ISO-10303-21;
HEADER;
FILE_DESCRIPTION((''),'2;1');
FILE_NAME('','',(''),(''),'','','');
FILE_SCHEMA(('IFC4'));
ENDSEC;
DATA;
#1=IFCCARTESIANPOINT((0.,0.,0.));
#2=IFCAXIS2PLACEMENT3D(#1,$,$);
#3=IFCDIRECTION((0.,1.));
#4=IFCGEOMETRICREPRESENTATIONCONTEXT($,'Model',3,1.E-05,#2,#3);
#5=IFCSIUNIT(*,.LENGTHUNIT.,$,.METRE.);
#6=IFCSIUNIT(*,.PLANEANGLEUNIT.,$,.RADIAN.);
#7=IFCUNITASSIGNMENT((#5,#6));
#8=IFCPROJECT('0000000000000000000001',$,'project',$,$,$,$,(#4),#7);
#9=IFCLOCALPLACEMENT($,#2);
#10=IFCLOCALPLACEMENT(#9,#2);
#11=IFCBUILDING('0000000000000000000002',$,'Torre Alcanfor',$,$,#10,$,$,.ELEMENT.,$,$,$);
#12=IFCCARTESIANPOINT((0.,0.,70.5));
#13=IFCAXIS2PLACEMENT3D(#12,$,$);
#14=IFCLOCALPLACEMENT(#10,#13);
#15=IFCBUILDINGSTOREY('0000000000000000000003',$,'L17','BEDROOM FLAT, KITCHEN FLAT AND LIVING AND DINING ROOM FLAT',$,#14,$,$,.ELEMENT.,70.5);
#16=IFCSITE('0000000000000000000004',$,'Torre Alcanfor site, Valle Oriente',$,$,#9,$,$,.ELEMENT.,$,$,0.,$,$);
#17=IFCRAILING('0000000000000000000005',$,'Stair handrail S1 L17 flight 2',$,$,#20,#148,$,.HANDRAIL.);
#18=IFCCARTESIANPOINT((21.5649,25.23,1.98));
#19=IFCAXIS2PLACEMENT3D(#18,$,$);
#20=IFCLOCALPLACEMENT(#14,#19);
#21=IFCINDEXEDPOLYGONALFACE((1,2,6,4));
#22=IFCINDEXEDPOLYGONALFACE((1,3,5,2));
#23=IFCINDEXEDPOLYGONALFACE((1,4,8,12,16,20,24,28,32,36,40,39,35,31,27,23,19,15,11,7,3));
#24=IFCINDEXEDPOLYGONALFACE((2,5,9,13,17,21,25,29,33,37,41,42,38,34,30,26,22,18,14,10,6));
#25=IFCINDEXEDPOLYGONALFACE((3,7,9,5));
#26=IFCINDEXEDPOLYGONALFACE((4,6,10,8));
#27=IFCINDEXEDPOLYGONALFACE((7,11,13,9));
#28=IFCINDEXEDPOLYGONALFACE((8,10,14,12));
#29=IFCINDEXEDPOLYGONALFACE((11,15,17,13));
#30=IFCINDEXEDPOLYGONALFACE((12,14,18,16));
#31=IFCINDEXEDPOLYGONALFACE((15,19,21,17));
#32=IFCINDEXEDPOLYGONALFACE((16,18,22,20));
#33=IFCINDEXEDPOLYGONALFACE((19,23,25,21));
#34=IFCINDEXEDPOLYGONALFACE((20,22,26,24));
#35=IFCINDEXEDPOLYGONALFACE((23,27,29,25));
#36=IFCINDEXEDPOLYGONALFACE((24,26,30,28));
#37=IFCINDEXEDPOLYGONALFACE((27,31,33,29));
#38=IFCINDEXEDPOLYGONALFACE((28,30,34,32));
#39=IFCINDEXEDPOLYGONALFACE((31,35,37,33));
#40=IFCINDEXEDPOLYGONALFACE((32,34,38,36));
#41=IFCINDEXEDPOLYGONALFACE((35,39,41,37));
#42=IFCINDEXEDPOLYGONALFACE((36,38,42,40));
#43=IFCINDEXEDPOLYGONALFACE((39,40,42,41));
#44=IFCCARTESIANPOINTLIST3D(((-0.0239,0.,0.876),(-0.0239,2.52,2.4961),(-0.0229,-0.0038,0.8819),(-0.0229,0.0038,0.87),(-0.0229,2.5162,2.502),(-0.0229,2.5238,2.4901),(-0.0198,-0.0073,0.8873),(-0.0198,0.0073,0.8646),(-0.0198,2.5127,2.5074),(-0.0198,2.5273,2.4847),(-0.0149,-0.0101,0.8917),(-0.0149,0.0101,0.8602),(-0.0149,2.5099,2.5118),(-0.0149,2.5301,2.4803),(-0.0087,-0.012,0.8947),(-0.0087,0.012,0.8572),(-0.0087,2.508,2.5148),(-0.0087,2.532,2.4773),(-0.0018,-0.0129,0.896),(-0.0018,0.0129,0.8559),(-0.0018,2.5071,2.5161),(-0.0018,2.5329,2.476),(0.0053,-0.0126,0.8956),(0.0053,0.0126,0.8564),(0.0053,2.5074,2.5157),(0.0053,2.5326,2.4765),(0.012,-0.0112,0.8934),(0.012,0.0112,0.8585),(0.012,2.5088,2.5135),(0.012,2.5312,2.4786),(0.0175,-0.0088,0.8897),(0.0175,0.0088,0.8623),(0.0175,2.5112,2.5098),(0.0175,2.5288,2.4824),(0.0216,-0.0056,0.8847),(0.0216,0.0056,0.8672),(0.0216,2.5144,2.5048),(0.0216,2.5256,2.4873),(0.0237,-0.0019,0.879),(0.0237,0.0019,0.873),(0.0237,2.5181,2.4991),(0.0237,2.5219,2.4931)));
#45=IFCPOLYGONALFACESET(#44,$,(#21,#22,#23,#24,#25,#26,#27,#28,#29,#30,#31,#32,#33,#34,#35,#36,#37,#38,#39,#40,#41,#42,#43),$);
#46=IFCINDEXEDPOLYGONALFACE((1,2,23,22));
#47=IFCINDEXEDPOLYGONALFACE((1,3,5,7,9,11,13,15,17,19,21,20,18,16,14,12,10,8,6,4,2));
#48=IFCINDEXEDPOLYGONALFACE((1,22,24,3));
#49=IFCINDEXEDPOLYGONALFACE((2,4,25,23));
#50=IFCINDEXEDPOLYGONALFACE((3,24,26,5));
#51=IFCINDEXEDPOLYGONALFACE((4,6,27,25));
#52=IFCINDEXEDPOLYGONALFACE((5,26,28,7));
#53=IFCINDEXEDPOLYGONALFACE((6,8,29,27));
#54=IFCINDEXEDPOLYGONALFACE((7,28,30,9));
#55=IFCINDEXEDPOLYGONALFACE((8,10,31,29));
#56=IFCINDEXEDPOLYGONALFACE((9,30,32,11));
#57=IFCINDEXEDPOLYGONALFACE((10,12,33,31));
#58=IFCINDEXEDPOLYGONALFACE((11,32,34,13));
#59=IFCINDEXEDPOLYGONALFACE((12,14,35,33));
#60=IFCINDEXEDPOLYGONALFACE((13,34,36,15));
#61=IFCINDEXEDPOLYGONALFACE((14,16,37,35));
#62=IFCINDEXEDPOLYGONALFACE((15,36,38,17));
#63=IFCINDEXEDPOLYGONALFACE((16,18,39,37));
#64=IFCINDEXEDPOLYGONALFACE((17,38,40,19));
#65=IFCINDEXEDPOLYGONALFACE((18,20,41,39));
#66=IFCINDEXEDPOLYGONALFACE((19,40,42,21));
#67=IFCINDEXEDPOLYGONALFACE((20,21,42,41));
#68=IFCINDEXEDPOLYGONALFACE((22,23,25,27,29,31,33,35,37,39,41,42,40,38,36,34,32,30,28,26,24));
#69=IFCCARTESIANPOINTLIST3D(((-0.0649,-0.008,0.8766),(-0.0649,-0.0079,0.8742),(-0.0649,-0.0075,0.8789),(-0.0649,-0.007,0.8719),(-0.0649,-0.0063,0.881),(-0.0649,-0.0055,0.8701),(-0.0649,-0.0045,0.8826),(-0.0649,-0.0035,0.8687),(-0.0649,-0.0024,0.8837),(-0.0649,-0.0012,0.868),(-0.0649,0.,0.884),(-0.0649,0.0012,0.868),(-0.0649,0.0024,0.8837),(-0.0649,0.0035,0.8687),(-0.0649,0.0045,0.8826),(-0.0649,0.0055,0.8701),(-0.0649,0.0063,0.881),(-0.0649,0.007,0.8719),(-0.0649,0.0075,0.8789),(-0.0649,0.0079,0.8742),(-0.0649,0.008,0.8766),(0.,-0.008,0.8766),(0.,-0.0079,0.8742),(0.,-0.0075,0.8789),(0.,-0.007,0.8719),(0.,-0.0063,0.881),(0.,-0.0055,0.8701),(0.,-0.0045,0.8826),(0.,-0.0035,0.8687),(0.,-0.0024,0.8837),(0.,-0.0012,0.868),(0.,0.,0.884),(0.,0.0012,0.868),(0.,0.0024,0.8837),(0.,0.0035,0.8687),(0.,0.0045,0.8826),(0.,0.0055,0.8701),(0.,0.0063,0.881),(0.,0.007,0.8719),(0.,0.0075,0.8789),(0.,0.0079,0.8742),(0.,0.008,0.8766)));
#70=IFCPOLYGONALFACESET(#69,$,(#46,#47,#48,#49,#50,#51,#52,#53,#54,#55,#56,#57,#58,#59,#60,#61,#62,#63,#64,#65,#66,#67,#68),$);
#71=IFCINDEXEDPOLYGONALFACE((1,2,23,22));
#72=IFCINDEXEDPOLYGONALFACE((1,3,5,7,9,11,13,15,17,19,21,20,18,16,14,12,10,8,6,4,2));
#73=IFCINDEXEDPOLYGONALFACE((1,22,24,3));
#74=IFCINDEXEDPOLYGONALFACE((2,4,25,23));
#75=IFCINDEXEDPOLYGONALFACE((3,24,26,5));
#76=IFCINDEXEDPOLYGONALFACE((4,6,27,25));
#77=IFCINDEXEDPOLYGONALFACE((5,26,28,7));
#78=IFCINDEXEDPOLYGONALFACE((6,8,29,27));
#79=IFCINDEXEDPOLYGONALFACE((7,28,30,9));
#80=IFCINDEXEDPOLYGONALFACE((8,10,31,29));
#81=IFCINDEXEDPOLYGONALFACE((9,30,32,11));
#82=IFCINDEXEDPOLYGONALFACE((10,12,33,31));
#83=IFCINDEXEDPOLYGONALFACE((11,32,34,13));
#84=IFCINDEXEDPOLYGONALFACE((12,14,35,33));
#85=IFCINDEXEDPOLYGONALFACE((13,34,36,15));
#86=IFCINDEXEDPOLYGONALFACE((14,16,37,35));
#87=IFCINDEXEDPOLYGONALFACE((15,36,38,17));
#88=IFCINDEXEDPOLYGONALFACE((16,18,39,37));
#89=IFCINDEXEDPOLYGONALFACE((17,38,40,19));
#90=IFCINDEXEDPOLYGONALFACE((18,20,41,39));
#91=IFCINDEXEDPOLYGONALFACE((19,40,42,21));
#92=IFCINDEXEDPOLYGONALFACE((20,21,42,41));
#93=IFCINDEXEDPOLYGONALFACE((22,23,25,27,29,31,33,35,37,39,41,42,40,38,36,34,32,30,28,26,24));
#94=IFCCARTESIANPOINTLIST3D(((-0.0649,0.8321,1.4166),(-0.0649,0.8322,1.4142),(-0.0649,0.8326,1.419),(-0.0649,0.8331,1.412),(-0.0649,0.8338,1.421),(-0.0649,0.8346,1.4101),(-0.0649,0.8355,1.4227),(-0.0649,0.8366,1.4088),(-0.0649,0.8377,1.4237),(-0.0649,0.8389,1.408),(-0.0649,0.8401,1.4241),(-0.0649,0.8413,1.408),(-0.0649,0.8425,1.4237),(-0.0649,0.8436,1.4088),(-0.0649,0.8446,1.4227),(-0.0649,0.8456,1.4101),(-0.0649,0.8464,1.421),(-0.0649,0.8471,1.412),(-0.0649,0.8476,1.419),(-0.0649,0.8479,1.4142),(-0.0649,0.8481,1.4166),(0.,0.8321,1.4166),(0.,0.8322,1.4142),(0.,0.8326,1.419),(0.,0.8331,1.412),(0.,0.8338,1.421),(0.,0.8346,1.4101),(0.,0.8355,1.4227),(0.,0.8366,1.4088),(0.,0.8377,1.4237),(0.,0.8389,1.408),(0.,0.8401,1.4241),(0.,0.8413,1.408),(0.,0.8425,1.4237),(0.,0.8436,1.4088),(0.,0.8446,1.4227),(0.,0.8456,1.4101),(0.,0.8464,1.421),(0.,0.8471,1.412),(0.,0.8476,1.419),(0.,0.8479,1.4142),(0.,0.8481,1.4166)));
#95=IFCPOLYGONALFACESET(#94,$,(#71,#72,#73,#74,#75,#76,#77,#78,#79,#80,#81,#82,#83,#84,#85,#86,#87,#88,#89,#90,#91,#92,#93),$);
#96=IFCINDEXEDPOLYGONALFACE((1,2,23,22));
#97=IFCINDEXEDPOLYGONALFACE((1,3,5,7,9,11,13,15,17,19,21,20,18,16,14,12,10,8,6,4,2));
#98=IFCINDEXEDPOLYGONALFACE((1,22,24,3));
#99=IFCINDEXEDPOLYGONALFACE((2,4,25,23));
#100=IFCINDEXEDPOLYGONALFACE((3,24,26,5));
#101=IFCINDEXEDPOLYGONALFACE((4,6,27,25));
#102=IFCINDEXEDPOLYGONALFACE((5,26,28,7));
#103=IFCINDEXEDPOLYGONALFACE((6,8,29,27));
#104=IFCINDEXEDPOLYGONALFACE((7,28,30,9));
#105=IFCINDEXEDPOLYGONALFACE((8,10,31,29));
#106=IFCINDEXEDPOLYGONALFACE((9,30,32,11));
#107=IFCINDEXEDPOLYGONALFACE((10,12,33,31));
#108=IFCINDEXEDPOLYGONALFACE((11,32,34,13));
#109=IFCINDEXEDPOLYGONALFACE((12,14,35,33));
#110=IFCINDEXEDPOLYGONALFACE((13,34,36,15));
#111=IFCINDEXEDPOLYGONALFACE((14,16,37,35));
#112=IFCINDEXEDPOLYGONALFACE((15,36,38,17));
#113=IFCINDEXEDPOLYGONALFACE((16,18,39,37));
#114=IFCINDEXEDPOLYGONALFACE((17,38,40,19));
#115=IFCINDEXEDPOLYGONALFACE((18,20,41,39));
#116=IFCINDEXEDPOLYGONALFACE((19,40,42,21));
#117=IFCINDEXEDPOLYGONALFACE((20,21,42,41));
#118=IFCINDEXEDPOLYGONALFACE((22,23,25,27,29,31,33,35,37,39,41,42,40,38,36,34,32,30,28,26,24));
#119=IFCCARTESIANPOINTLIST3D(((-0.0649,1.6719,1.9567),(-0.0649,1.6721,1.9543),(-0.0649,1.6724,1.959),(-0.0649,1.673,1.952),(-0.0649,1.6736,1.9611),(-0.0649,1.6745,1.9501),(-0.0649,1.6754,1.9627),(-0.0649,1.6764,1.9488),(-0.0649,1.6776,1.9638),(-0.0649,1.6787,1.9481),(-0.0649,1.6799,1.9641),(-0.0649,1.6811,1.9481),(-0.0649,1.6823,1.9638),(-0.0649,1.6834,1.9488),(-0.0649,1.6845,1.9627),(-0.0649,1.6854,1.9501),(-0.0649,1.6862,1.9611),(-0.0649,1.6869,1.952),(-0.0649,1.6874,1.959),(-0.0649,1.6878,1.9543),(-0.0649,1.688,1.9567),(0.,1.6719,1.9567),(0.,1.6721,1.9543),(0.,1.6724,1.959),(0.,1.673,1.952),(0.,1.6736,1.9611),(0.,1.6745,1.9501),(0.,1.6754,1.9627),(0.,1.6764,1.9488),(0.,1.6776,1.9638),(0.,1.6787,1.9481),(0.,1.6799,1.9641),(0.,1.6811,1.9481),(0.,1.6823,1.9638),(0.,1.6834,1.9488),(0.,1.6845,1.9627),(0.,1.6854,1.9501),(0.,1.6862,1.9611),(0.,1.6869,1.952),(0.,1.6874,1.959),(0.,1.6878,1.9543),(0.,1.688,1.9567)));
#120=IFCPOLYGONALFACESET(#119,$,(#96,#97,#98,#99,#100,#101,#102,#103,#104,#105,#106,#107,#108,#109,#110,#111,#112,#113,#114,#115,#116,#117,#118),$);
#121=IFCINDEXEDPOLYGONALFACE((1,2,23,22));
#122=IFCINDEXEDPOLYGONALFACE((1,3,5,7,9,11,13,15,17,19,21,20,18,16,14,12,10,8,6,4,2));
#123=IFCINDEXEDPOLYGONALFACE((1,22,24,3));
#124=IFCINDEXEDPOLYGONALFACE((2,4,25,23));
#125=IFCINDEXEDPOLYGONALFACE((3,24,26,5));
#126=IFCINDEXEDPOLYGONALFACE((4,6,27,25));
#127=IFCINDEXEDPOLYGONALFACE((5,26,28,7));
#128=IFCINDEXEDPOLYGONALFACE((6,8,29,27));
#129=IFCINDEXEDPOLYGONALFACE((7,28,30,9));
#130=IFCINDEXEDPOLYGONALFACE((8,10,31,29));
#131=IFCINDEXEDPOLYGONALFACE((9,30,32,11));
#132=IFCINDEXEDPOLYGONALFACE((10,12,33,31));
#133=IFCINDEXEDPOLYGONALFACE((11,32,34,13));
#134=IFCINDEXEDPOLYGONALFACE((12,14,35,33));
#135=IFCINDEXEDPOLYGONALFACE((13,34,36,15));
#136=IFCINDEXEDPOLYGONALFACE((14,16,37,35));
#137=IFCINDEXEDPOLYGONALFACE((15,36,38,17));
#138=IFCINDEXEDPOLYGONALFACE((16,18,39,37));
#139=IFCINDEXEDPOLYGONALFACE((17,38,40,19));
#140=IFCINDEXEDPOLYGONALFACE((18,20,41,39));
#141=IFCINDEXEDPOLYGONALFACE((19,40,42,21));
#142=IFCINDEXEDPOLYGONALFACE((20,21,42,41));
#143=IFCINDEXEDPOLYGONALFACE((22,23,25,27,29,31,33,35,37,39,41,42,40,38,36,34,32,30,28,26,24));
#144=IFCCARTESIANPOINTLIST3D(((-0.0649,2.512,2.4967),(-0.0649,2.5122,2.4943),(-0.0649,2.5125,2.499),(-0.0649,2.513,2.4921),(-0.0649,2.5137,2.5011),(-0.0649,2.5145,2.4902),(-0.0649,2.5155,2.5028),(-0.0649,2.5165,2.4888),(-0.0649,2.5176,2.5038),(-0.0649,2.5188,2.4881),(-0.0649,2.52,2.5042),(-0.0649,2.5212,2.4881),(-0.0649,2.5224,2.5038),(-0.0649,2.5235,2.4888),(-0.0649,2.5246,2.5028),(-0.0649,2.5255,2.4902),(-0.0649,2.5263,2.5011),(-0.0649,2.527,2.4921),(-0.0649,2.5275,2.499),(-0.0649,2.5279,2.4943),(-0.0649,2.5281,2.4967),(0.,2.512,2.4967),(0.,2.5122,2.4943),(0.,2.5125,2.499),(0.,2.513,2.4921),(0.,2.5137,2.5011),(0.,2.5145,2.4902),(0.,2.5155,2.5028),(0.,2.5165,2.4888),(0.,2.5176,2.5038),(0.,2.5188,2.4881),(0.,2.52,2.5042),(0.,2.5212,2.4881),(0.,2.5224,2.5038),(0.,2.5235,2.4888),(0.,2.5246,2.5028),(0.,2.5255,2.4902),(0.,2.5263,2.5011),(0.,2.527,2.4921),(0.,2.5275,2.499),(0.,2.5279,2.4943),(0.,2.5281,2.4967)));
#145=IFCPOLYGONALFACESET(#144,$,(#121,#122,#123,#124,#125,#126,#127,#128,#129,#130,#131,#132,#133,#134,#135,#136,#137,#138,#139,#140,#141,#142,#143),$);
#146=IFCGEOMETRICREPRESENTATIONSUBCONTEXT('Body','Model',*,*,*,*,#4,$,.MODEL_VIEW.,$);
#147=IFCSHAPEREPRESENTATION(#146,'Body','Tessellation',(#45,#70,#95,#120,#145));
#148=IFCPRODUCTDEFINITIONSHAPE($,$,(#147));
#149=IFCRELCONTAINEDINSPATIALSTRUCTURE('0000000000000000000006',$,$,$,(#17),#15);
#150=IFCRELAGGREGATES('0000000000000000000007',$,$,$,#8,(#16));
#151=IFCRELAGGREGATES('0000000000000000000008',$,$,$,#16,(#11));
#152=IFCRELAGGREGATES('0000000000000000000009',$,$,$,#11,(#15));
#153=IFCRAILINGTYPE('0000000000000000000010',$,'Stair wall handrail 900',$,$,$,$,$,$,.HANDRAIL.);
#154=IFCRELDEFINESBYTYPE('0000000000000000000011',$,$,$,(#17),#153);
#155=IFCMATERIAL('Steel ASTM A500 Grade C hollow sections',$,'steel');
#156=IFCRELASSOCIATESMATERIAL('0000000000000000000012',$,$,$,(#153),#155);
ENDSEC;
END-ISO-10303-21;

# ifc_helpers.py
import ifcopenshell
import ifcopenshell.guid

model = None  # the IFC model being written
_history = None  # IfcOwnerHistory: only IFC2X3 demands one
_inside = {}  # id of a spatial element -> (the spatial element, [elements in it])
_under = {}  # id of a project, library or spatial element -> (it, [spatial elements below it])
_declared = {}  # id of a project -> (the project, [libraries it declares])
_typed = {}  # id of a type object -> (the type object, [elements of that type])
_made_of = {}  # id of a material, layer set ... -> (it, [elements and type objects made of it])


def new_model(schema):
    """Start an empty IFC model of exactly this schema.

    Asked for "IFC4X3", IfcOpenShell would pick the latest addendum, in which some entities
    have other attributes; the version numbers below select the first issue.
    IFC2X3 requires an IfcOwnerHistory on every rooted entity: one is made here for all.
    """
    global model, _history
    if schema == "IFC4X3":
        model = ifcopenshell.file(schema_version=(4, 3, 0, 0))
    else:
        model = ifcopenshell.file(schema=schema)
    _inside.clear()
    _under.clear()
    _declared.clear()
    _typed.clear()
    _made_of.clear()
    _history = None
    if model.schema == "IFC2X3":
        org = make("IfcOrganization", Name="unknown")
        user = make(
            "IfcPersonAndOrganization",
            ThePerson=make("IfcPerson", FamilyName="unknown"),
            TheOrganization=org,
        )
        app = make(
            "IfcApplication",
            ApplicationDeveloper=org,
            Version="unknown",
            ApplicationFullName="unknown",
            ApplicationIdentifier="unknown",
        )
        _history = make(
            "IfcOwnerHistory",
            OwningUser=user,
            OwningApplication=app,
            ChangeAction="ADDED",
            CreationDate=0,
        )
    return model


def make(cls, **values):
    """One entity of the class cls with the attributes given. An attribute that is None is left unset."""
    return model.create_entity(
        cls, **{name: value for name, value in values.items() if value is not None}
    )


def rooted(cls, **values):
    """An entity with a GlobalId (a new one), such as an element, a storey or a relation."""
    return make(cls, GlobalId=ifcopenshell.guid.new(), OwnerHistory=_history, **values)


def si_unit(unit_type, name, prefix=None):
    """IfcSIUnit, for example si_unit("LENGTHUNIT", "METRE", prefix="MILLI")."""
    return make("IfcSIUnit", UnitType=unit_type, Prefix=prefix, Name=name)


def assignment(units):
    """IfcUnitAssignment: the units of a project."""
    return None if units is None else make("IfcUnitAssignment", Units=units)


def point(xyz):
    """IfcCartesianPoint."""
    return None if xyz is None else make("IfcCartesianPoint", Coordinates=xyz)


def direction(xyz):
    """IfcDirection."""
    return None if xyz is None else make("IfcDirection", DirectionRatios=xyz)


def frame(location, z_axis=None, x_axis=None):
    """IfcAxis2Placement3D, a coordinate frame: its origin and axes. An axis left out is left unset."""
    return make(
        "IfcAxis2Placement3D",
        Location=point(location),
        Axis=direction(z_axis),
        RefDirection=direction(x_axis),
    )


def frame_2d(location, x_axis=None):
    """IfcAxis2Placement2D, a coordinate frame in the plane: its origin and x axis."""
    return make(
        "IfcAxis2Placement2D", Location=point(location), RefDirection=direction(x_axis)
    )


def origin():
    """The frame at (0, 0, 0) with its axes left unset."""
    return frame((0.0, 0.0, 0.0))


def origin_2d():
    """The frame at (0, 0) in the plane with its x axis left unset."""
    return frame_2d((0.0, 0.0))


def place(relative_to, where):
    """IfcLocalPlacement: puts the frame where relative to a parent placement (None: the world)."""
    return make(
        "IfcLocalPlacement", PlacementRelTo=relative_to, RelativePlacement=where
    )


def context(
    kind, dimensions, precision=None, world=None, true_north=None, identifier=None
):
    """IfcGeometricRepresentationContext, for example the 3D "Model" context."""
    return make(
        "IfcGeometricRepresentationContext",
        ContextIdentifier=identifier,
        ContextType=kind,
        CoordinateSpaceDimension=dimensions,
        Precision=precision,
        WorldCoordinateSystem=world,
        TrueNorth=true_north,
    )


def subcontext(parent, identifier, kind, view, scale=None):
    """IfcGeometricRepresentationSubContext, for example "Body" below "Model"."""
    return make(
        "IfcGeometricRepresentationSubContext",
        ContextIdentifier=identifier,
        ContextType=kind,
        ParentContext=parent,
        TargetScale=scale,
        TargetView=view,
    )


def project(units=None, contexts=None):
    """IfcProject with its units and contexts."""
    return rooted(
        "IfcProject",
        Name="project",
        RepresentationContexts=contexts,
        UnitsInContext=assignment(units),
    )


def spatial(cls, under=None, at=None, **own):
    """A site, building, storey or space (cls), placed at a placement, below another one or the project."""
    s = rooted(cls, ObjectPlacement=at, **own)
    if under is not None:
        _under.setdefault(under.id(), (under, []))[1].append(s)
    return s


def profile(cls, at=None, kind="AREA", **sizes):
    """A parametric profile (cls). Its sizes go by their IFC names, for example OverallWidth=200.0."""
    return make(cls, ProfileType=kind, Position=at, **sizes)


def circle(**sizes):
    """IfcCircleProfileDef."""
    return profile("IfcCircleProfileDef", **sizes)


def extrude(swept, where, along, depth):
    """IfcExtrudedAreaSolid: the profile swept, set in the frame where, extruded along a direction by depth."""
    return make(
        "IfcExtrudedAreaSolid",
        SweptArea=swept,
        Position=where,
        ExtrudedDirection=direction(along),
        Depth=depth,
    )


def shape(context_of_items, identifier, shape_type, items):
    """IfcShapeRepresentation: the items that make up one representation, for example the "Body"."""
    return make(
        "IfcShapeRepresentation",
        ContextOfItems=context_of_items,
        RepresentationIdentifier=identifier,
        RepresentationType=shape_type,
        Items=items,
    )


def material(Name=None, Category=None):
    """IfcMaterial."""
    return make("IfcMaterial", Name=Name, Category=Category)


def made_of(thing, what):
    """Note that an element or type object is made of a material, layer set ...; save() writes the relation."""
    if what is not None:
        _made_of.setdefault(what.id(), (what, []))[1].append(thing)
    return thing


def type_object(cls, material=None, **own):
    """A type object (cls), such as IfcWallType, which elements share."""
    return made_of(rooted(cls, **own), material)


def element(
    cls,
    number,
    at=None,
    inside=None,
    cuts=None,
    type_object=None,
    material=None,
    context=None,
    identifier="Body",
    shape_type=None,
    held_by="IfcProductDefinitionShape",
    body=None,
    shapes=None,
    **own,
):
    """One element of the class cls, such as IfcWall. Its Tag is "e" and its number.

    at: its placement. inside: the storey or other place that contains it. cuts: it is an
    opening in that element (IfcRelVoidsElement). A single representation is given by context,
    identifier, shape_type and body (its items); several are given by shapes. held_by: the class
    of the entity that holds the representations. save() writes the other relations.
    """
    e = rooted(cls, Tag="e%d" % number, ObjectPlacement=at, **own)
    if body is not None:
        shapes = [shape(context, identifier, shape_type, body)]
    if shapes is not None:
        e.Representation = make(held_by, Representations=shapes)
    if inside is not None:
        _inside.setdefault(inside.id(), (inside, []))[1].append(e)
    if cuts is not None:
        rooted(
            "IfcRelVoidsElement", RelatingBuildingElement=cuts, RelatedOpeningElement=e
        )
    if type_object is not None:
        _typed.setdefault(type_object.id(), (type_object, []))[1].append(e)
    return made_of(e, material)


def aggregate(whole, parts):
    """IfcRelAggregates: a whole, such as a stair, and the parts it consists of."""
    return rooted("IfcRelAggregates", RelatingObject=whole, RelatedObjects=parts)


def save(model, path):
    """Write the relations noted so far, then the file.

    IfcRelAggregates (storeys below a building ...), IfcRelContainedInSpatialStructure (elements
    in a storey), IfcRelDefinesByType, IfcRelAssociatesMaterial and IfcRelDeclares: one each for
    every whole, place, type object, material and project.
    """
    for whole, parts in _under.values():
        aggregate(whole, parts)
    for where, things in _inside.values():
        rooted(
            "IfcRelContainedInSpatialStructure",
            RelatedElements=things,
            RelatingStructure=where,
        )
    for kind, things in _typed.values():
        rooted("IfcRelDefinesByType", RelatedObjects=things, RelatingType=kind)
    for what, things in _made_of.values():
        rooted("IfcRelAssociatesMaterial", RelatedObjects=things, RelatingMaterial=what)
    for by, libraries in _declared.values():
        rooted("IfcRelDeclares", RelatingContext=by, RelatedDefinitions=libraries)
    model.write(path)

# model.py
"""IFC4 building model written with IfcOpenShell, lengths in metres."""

from ifc_helpers import new_model, si_unit, direction, frame, origin, origin_2d, place, context, subcontext, project, spatial, circle, extrude, material, type_object, element, save


model = new_model("IFC4")

# Units and contexts
model_context = context("Model", 3, precision=1e-05, world=origin(), true_north=direction((0.0, 1.0)))
body_context = subcontext(model_context, "Body", "Model", "MODEL_VIEW")
ifc_project = project(units=[si_unit("LENGTHUNIT", "METRE"), si_unit("PLANEANGLEUNIT", "RADIAN")], contexts=[model_context])

# Site, building, storey
site_placement = place(None, origin())
site = spatial("IfcSite", under=ifc_project, at=site_placement, Name="Torre Alcanfor site, Valle Oriente", CompositionType="ELEMENT", RefElevation=0.0)
building_placement = place(site_placement, origin())
building = spatial("IfcBuilding", under=site, at=building_placement, Name="Torre Alcanfor", CompositionType="ELEMENT")
storey_placement = place(building_placement, frame((0.0, 0.0, 70.5)))
storey = spatial("IfcBuildingStorey", under=building, at=storey_placement, Name="L17", Description="BEDROOM FLAT, KITCHEN FLAT AND LIVING AND DINING ROOM FLAT", CompositionType="ELEMENT", Elevation=70.5)

# Railing
ifc_material_1 = material(Name="Steel ASTM A500 Grade C hollow sections", Category="steel")
railing_type_1 = type_object("IfcRailingType", Name="Stair wall handrail 900", PredefinedType="HANDRAIL", material=ifc_material_1)
railing_1_placement = place(storey_placement, frame((21.5649, 25.23, 1.98)))
element("IfcRailing", 1, at=railing_1_placement, inside=storey, type_object=railing_type_1, Name="Stair handrail S1 L17 flight 2", PredefinedType="HANDRAIL", context=body_context, shape_type="SweptSolid", body=[
    extrude(circle(Radius=0.0239, at=origin_2d()), frame((0.0, 0.0, 0.876), z_axis=(0.0, 0.841163, 0.540782), x_axis=(-1.0, 0.0, 0.0)), (0.0, 0.0, 1.0), 2.9958),
    extrude(circle(Radius=0.0081, at=origin_2d()), frame((0.0, 0.0, 0.876), z_axis=(-1.0, 0.0, 0.0), x_axis=(0.0, 0.0, 1.0)), (0.0, 0.0, 1.0), 0.0649),
    extrude(circle(Radius=0.0081, at=origin_2d()), frame((0.0, 0.8401, 1.416), z_axis=(-1.0, 0.0, 0.0), x_axis=(0.0, 0.0, 1.0)), (0.0, 0.0, 1.0), 0.0649),
    extrude(circle(Radius=0.0081, at=origin_2d()), frame((0.0, 1.6799, 1.9561), z_axis=(-1.0, 0.0, 0.0), x_axis=(0.0, 0.0, 1.0)), (0.0, 0.0, 1.0), 0.0649),
    extrude(circle(Radius=0.0081, at=origin_2d()), frame((0.0, 2.52, 2.4961), z_axis=(-1.0, 0.0, 0.0), x_axis=(0.0, 0.0, 1.0)), (0.0, 0.0, 1.0), 0.0649),
])

save(model, "model.ifc")
